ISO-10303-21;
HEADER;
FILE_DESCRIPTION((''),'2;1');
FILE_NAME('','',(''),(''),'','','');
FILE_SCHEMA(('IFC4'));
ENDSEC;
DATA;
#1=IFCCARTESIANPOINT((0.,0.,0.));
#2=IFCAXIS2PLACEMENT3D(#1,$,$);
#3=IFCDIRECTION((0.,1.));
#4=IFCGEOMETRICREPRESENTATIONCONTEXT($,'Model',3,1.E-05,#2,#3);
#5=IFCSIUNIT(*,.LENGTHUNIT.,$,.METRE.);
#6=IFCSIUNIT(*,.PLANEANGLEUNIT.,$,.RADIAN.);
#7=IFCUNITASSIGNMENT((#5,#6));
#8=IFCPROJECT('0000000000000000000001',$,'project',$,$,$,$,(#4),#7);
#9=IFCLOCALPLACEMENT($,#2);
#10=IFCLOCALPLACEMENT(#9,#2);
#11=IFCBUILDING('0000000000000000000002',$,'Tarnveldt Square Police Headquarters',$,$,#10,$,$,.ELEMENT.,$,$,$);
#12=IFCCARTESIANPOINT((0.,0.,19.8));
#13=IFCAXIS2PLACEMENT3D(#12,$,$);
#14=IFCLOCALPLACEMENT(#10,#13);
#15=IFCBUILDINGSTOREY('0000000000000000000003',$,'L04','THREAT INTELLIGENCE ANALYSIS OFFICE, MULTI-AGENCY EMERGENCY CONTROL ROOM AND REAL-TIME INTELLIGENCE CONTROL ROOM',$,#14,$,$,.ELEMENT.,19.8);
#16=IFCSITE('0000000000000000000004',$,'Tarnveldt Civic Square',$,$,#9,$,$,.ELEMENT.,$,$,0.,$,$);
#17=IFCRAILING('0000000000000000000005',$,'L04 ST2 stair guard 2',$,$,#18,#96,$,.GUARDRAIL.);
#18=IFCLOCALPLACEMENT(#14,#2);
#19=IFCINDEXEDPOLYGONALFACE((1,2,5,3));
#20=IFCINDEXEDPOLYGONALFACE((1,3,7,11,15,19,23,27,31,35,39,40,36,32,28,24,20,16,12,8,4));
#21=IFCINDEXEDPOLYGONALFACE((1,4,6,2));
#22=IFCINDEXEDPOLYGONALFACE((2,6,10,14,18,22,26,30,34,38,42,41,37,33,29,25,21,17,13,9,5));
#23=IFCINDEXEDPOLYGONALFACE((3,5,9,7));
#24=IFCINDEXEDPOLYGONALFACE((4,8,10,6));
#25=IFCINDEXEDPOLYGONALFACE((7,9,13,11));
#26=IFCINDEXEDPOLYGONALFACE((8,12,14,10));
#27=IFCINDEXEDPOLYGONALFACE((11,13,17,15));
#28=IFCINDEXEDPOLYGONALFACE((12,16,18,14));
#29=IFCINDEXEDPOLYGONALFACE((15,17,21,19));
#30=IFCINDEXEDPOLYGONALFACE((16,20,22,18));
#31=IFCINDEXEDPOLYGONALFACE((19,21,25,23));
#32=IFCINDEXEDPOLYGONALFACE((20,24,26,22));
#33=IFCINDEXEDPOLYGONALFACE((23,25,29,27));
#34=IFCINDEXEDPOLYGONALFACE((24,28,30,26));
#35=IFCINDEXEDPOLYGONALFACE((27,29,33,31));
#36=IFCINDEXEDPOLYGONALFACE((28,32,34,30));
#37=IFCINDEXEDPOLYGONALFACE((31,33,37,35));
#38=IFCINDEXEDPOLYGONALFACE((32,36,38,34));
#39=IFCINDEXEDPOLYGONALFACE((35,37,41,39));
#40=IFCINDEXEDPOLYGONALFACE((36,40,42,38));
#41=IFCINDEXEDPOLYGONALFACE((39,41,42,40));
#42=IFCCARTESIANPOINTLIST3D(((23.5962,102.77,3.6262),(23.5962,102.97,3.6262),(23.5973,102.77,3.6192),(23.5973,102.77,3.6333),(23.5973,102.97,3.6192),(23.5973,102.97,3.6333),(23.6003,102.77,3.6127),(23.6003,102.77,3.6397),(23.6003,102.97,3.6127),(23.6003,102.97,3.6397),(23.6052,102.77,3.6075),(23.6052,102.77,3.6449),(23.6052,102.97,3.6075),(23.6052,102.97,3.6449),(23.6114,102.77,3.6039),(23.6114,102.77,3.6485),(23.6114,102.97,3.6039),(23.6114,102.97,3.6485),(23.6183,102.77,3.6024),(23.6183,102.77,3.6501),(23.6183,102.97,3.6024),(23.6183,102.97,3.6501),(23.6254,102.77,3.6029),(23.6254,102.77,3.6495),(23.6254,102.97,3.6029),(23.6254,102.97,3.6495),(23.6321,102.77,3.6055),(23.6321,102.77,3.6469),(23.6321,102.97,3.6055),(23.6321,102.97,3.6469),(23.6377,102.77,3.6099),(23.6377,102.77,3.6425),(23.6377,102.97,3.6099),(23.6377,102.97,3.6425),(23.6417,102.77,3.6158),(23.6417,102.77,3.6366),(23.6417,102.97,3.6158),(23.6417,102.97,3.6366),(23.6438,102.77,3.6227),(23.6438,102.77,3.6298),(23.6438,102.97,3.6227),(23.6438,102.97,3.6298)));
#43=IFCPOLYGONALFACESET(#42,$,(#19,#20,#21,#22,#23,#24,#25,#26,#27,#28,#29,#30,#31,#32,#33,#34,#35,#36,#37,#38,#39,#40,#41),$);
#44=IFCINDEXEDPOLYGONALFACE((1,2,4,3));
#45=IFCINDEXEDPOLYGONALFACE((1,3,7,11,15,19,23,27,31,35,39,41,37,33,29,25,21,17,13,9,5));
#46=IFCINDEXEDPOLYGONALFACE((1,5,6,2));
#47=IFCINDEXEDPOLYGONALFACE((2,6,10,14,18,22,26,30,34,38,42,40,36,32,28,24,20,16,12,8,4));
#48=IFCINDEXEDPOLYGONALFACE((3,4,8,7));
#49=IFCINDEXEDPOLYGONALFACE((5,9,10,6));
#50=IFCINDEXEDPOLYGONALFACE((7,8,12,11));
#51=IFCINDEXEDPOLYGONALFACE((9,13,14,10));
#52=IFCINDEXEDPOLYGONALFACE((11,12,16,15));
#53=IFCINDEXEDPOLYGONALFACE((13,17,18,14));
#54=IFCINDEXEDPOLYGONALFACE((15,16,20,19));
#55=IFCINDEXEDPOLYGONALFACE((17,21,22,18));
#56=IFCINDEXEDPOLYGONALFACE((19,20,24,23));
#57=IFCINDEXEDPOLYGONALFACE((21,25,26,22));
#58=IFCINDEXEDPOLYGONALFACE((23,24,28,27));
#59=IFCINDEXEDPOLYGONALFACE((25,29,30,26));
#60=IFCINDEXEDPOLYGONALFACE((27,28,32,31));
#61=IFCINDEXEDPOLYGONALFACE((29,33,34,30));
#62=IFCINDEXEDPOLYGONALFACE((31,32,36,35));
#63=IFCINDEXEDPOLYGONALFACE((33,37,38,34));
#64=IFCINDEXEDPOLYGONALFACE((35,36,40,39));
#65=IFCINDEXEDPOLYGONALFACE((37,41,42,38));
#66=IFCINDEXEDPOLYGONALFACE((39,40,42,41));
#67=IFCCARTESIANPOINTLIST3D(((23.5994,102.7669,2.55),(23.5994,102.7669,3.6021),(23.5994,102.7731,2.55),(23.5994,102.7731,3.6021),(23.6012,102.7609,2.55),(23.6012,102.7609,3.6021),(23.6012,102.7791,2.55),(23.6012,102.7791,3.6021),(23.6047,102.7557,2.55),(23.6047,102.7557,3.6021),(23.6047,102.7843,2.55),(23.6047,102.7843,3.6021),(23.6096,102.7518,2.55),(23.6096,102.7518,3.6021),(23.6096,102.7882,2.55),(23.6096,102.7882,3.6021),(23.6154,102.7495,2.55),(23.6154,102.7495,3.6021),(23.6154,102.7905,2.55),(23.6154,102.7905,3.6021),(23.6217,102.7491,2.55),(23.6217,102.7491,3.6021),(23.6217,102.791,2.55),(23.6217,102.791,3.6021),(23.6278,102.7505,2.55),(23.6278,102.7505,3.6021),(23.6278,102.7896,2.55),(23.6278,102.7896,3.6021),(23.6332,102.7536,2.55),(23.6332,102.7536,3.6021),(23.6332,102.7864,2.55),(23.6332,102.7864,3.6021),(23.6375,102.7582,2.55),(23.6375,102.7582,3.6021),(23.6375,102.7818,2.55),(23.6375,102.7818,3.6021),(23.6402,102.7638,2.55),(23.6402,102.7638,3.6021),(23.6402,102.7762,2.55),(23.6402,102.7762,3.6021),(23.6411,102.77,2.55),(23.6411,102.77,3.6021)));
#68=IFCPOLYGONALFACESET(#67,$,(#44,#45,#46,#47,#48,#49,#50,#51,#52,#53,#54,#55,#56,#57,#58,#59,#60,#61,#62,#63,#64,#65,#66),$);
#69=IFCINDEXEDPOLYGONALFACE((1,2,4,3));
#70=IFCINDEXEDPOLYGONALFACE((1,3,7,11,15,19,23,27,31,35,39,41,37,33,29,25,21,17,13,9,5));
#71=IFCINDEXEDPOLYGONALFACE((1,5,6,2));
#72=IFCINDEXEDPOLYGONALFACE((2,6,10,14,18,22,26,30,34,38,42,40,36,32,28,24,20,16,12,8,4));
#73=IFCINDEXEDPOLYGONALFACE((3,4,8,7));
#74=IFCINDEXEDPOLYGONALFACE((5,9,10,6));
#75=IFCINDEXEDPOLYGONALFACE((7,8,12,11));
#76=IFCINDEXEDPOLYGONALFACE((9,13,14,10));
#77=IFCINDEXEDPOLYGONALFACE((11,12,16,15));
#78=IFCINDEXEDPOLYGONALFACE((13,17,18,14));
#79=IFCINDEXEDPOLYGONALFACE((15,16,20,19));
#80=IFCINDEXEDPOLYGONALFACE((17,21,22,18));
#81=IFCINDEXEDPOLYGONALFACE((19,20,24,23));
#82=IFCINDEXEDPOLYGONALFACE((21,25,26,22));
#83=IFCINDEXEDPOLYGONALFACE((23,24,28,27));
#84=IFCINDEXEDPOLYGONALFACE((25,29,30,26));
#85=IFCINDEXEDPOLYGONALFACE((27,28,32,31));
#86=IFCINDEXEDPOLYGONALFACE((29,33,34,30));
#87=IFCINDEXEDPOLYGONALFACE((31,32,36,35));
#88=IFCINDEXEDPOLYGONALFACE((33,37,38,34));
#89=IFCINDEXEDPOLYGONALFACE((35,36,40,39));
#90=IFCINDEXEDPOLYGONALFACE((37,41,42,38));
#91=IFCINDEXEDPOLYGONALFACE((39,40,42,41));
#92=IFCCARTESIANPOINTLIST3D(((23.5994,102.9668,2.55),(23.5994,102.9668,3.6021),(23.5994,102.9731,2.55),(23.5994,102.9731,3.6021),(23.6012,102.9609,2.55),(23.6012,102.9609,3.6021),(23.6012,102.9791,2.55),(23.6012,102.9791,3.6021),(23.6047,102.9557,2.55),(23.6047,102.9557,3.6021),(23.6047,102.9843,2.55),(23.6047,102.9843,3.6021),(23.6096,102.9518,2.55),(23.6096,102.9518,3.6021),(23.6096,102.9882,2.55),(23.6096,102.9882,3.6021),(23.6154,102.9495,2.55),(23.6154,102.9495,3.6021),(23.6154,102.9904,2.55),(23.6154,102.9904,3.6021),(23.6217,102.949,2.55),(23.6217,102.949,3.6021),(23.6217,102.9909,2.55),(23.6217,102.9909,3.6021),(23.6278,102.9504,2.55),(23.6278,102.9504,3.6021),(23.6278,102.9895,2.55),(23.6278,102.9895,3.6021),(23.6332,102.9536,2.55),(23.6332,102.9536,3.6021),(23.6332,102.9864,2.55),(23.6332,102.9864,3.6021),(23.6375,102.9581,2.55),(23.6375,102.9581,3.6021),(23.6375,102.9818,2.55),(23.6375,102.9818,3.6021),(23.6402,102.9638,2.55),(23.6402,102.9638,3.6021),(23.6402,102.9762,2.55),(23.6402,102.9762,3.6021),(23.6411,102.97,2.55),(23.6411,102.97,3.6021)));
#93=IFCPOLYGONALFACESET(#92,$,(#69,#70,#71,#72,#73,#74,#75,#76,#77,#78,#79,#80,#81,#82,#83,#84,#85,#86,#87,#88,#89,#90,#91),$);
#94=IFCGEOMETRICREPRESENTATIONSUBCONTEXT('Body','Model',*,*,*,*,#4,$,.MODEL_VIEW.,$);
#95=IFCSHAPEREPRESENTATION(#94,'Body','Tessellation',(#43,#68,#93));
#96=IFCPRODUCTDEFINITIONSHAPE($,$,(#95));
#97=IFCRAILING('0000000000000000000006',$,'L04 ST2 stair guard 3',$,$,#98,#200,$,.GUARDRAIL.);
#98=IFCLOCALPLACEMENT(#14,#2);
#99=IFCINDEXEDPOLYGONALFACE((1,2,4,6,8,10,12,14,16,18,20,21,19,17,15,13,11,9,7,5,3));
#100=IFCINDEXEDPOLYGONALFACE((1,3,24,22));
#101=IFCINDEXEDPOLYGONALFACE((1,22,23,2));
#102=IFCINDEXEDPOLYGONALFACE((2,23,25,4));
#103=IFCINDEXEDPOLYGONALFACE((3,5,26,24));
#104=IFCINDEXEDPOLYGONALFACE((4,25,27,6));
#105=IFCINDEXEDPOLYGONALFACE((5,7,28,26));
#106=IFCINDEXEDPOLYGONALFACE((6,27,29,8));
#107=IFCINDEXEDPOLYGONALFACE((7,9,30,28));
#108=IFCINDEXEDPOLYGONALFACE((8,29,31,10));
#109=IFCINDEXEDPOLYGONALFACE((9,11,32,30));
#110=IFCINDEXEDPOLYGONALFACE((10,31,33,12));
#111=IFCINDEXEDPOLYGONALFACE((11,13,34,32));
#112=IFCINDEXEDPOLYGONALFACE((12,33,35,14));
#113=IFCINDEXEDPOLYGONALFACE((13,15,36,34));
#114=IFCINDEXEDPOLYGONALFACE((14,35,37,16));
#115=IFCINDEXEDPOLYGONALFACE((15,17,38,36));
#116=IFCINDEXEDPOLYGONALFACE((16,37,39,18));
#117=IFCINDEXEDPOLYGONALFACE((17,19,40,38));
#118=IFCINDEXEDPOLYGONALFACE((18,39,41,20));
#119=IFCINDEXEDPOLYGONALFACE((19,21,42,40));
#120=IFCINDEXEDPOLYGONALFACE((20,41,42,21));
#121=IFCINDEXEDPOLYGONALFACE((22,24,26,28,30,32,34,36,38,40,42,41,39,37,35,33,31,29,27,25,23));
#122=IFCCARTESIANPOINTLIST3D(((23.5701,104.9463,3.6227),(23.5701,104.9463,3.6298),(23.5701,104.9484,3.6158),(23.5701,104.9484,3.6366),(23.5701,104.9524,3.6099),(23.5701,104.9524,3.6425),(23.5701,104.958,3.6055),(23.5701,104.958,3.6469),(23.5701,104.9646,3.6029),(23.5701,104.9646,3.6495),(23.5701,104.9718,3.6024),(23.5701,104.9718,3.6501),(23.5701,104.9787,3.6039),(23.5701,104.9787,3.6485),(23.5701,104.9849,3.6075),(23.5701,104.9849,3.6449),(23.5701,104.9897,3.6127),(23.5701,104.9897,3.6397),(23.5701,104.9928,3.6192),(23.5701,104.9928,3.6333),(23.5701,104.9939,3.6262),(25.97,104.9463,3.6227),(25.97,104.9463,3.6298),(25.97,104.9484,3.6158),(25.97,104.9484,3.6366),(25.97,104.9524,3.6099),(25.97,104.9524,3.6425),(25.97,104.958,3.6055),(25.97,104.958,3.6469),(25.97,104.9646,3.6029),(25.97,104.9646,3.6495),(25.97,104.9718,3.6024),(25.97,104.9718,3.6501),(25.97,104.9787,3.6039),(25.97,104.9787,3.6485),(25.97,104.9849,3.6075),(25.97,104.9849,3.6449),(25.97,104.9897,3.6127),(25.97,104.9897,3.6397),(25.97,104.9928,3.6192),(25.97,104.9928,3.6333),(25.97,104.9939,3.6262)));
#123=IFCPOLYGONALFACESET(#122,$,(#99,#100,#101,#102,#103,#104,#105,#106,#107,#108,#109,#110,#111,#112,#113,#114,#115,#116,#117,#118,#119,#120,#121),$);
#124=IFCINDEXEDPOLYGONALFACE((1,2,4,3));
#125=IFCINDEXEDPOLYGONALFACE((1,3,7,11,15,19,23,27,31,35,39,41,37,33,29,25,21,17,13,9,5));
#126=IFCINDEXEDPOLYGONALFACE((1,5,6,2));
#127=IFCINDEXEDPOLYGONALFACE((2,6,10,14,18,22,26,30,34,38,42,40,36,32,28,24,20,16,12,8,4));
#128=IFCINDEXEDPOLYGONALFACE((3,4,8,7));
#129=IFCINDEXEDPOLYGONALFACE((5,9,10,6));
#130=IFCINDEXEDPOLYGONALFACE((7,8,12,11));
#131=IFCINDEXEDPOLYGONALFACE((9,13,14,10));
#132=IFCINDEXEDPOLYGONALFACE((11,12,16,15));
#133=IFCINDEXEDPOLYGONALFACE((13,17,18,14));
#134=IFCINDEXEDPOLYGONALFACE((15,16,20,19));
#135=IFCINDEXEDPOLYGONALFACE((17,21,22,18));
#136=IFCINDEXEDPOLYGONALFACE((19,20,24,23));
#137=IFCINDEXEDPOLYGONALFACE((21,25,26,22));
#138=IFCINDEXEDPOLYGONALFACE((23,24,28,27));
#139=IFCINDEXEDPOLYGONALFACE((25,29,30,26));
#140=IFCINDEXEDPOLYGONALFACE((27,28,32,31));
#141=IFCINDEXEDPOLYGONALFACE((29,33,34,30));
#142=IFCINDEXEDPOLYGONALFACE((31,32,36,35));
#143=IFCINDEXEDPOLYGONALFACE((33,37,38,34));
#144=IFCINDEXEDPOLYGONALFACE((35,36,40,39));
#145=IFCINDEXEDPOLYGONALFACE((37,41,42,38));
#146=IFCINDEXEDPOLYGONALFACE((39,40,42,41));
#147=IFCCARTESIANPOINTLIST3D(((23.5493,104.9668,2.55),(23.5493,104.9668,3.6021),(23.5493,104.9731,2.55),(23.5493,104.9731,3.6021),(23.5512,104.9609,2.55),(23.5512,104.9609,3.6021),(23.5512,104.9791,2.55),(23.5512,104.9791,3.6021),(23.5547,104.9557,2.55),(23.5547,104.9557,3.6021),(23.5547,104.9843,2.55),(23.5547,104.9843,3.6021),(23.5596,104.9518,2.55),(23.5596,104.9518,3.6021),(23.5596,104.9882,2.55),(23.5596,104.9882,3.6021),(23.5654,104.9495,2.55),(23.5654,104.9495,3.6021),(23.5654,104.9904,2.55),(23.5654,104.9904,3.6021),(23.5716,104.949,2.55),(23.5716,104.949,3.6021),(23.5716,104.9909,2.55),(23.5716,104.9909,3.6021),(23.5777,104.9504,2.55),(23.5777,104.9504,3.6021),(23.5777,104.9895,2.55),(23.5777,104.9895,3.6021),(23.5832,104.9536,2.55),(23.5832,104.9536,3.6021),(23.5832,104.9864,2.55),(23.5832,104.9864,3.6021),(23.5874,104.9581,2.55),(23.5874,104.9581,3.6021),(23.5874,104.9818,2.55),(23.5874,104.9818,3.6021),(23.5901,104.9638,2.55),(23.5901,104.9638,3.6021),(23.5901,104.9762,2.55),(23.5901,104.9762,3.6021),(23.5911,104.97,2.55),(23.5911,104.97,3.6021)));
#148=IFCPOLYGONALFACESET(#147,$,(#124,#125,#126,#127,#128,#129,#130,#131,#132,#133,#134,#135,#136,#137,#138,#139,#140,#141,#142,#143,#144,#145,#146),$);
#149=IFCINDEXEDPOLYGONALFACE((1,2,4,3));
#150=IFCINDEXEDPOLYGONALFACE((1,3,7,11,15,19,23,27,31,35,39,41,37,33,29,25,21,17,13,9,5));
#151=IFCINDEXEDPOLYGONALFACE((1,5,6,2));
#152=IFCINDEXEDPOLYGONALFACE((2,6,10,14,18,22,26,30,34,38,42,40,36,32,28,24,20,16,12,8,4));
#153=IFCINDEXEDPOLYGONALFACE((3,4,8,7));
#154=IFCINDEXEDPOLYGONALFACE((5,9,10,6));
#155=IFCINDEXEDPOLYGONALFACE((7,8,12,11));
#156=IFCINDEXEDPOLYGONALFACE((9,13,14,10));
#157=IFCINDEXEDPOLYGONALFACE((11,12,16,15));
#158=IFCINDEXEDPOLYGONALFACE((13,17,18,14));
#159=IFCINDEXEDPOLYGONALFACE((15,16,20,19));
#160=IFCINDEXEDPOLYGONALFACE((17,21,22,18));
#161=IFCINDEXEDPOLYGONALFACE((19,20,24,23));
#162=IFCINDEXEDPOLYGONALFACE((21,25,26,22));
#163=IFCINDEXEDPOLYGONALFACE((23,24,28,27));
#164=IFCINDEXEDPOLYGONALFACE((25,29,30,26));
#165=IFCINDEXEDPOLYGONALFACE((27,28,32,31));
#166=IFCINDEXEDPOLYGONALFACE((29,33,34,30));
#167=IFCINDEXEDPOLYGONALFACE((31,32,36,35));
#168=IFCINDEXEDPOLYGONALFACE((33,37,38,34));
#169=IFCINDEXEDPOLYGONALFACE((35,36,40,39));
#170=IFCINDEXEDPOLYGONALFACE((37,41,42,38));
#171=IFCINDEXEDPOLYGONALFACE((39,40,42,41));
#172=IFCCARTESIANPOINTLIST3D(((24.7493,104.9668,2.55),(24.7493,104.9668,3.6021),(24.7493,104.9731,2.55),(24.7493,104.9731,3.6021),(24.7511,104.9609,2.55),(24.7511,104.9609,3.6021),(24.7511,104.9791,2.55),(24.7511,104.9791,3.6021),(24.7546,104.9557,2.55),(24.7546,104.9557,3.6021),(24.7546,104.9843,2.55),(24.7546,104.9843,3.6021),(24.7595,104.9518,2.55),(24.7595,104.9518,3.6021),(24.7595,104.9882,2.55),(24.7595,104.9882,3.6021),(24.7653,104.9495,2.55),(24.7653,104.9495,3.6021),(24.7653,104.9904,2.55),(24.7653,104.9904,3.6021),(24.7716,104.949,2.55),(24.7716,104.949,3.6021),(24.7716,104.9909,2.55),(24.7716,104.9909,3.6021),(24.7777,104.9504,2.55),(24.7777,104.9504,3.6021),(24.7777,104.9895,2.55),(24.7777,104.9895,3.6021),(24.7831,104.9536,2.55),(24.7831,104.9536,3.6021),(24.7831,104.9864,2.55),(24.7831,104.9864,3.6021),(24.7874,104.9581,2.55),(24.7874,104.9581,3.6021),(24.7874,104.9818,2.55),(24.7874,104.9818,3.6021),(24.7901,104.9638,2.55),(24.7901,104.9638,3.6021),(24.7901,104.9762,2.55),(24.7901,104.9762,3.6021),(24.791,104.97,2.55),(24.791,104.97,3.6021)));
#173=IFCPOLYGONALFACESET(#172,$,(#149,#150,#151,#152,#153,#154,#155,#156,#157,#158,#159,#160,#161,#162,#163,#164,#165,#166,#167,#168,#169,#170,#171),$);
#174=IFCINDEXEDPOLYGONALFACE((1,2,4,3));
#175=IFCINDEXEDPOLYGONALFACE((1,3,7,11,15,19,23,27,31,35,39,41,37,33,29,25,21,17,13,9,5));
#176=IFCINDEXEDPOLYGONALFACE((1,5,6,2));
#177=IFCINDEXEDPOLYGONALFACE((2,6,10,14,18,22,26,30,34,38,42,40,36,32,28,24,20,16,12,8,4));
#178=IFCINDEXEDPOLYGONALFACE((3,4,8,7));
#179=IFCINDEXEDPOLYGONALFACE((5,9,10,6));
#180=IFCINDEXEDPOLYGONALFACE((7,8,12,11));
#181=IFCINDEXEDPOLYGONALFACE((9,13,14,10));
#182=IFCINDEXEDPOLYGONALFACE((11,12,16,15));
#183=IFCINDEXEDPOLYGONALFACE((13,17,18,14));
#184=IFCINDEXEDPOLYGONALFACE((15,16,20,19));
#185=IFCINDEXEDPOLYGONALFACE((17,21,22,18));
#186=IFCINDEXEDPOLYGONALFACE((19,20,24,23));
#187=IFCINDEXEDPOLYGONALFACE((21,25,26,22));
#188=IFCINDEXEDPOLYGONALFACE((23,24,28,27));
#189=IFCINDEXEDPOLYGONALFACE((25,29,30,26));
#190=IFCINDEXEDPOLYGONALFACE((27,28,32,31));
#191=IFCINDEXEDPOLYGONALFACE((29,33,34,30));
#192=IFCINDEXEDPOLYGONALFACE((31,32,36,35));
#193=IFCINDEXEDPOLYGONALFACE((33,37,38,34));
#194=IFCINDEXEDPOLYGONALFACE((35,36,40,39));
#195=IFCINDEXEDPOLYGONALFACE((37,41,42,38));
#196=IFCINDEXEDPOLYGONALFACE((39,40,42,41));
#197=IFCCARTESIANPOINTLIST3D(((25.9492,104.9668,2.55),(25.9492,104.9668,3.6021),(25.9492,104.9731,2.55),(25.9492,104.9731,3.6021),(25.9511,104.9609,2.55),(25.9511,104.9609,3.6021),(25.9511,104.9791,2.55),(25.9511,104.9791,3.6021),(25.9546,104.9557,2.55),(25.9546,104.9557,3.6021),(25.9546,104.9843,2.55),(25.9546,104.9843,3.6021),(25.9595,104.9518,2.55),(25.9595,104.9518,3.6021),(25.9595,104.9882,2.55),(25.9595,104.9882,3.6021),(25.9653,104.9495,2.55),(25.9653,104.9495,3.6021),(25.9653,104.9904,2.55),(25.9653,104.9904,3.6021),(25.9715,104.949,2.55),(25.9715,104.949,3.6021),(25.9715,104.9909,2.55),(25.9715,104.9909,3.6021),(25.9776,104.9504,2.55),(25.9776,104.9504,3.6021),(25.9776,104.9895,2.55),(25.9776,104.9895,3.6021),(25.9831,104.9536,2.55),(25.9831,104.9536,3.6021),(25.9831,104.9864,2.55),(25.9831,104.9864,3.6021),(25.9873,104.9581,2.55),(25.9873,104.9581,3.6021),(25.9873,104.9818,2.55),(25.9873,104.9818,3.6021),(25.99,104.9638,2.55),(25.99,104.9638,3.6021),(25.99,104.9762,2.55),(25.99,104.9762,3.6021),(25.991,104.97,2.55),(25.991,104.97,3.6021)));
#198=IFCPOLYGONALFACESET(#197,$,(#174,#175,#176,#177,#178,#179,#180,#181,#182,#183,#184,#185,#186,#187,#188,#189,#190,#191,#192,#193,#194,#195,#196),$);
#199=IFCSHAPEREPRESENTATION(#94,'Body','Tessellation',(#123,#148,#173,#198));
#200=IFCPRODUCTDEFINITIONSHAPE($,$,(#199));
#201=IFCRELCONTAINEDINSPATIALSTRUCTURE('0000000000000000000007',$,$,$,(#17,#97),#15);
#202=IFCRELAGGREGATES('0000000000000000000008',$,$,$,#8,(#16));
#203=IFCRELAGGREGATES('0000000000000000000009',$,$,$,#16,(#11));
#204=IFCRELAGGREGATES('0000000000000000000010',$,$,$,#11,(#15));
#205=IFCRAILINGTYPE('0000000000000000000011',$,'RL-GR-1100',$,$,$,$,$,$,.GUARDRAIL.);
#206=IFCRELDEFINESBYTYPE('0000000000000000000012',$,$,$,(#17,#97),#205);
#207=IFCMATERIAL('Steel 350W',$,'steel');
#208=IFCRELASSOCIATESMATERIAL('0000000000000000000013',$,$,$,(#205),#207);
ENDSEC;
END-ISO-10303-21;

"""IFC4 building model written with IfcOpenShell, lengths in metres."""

from ifc_helpers import new_model, si_unit, direction, frame, origin, origin_2d, place, context, subcontext, project, spatial, circle, extrude, material, type_object, element, save


model = new_model("IFC4")

# Units and contexts
model_context = context("Model", 3, precision=1e-05, world=origin(), true_north=direction((0.0, 1.0)))
body_context = subcontext(model_context, "Body", "Model", "MODEL_VIEW")
ifc_project = project(units=[si_unit("LENGTHUNIT", "METRE"), si_unit("PLANEANGLEUNIT", "RADIAN")], contexts=[model_context])

# Site, building, storey
site_placement = place(None, origin())
site = spatial("IfcSite", under=ifc_project, at=site_placement, Name="Tarnveldt Civic Square", CompositionType="ELEMENT", RefElevation=0.0)
building_placement = place(site_placement, origin())
building = spatial("IfcBuilding", under=site, at=building_placement, Name="Tarnveldt Square Police Headquarters", CompositionType="ELEMENT")
storey_placement = place(building_placement, frame((0.0, 0.0, 19.8)))
storey = spatial("IfcBuildingStorey", under=building, at=storey_placement, Name="L04", Description="THREAT INTELLIGENCE ANALYSIS OFFICE, MULTI-AGENCY EMERGENCY CONTROL ROOM AND REAL-TIME INTELLIGENCE CONTROL ROOM", CompositionType="ELEMENT", Elevation=19.8)

# Shared definitions
ifc_material_1 = material(Name="Steel 350W", Category="steel")

# Railings
railing_type_1 = type_object("IfcRailingType", Name="RL-GR-1100", PredefinedType="GUARDRAIL", material=ifc_material_1)
railing_1_placement = place(storey_placement, frame((23.6201, 102.77, 2.55)))
element("IfcRailing", 1, at=railing_1_placement, inside=storey, type_object=railing_type_1, Name="L04 ST2 stair guard 2", PredefinedType="GUARDRAIL", context=body_context, shape_type="SweptSolid", body=[
    extrude(circle(Radius=0.0239, at=origin_2d()), frame((0.0, 0.0, 1.0762), z_axis=(0.0, 1.0, 0.0), x_axis=(-1.0, 0.0, 0.0)), (0.0, 0.0, 1.0), 0.2),
    extrude(circle(Radius=0.021, at=origin_2d()), origin(), (0.0, 0.0, 1.0), 1.052),
    extrude(circle(Radius=0.021, at=origin_2d()), frame((0.0, 0.2, 0.0)), (0.0, 0.0, 1.0), 1.052),
])
railing_2_placement = place(storey_placement, frame((23.5701, 104.97, 2.55)))
element("IfcRailing", 2, at=railing_2_placement, inside=storey, type_object=railing_type_1, Name="L04 ST2 stair guard 3", PredefinedType="GUARDRAIL", context=body_context, shape_type="SweptSolid", body=[
    extrude(circle(Radius=0.0239, at=origin_2d()), frame((0.0, 0.0, 1.0762), z_axis=(1.0, 0.0, 0.0), x_axis=(0.0, 1.0, 0.0)), (0.0, 0.0, 1.0), 2.3999),
    extrude(circle(Radius=0.021, at=origin_2d()), origin(), (0.0, 0.0, 1.0), 1.052),
    extrude(circle(Radius=0.021, at=origin_2d()), frame((1.2, 0.0, 0.0)), (0.0, 0.0, 1.0), 1.052),
    extrude(circle(Radius=0.021, at=origin_2d()), frame((2.3999, 0.0, 0.0)), (0.0, 0.0, 1.0), 1.052),
])

save(model, "model.ifc")
